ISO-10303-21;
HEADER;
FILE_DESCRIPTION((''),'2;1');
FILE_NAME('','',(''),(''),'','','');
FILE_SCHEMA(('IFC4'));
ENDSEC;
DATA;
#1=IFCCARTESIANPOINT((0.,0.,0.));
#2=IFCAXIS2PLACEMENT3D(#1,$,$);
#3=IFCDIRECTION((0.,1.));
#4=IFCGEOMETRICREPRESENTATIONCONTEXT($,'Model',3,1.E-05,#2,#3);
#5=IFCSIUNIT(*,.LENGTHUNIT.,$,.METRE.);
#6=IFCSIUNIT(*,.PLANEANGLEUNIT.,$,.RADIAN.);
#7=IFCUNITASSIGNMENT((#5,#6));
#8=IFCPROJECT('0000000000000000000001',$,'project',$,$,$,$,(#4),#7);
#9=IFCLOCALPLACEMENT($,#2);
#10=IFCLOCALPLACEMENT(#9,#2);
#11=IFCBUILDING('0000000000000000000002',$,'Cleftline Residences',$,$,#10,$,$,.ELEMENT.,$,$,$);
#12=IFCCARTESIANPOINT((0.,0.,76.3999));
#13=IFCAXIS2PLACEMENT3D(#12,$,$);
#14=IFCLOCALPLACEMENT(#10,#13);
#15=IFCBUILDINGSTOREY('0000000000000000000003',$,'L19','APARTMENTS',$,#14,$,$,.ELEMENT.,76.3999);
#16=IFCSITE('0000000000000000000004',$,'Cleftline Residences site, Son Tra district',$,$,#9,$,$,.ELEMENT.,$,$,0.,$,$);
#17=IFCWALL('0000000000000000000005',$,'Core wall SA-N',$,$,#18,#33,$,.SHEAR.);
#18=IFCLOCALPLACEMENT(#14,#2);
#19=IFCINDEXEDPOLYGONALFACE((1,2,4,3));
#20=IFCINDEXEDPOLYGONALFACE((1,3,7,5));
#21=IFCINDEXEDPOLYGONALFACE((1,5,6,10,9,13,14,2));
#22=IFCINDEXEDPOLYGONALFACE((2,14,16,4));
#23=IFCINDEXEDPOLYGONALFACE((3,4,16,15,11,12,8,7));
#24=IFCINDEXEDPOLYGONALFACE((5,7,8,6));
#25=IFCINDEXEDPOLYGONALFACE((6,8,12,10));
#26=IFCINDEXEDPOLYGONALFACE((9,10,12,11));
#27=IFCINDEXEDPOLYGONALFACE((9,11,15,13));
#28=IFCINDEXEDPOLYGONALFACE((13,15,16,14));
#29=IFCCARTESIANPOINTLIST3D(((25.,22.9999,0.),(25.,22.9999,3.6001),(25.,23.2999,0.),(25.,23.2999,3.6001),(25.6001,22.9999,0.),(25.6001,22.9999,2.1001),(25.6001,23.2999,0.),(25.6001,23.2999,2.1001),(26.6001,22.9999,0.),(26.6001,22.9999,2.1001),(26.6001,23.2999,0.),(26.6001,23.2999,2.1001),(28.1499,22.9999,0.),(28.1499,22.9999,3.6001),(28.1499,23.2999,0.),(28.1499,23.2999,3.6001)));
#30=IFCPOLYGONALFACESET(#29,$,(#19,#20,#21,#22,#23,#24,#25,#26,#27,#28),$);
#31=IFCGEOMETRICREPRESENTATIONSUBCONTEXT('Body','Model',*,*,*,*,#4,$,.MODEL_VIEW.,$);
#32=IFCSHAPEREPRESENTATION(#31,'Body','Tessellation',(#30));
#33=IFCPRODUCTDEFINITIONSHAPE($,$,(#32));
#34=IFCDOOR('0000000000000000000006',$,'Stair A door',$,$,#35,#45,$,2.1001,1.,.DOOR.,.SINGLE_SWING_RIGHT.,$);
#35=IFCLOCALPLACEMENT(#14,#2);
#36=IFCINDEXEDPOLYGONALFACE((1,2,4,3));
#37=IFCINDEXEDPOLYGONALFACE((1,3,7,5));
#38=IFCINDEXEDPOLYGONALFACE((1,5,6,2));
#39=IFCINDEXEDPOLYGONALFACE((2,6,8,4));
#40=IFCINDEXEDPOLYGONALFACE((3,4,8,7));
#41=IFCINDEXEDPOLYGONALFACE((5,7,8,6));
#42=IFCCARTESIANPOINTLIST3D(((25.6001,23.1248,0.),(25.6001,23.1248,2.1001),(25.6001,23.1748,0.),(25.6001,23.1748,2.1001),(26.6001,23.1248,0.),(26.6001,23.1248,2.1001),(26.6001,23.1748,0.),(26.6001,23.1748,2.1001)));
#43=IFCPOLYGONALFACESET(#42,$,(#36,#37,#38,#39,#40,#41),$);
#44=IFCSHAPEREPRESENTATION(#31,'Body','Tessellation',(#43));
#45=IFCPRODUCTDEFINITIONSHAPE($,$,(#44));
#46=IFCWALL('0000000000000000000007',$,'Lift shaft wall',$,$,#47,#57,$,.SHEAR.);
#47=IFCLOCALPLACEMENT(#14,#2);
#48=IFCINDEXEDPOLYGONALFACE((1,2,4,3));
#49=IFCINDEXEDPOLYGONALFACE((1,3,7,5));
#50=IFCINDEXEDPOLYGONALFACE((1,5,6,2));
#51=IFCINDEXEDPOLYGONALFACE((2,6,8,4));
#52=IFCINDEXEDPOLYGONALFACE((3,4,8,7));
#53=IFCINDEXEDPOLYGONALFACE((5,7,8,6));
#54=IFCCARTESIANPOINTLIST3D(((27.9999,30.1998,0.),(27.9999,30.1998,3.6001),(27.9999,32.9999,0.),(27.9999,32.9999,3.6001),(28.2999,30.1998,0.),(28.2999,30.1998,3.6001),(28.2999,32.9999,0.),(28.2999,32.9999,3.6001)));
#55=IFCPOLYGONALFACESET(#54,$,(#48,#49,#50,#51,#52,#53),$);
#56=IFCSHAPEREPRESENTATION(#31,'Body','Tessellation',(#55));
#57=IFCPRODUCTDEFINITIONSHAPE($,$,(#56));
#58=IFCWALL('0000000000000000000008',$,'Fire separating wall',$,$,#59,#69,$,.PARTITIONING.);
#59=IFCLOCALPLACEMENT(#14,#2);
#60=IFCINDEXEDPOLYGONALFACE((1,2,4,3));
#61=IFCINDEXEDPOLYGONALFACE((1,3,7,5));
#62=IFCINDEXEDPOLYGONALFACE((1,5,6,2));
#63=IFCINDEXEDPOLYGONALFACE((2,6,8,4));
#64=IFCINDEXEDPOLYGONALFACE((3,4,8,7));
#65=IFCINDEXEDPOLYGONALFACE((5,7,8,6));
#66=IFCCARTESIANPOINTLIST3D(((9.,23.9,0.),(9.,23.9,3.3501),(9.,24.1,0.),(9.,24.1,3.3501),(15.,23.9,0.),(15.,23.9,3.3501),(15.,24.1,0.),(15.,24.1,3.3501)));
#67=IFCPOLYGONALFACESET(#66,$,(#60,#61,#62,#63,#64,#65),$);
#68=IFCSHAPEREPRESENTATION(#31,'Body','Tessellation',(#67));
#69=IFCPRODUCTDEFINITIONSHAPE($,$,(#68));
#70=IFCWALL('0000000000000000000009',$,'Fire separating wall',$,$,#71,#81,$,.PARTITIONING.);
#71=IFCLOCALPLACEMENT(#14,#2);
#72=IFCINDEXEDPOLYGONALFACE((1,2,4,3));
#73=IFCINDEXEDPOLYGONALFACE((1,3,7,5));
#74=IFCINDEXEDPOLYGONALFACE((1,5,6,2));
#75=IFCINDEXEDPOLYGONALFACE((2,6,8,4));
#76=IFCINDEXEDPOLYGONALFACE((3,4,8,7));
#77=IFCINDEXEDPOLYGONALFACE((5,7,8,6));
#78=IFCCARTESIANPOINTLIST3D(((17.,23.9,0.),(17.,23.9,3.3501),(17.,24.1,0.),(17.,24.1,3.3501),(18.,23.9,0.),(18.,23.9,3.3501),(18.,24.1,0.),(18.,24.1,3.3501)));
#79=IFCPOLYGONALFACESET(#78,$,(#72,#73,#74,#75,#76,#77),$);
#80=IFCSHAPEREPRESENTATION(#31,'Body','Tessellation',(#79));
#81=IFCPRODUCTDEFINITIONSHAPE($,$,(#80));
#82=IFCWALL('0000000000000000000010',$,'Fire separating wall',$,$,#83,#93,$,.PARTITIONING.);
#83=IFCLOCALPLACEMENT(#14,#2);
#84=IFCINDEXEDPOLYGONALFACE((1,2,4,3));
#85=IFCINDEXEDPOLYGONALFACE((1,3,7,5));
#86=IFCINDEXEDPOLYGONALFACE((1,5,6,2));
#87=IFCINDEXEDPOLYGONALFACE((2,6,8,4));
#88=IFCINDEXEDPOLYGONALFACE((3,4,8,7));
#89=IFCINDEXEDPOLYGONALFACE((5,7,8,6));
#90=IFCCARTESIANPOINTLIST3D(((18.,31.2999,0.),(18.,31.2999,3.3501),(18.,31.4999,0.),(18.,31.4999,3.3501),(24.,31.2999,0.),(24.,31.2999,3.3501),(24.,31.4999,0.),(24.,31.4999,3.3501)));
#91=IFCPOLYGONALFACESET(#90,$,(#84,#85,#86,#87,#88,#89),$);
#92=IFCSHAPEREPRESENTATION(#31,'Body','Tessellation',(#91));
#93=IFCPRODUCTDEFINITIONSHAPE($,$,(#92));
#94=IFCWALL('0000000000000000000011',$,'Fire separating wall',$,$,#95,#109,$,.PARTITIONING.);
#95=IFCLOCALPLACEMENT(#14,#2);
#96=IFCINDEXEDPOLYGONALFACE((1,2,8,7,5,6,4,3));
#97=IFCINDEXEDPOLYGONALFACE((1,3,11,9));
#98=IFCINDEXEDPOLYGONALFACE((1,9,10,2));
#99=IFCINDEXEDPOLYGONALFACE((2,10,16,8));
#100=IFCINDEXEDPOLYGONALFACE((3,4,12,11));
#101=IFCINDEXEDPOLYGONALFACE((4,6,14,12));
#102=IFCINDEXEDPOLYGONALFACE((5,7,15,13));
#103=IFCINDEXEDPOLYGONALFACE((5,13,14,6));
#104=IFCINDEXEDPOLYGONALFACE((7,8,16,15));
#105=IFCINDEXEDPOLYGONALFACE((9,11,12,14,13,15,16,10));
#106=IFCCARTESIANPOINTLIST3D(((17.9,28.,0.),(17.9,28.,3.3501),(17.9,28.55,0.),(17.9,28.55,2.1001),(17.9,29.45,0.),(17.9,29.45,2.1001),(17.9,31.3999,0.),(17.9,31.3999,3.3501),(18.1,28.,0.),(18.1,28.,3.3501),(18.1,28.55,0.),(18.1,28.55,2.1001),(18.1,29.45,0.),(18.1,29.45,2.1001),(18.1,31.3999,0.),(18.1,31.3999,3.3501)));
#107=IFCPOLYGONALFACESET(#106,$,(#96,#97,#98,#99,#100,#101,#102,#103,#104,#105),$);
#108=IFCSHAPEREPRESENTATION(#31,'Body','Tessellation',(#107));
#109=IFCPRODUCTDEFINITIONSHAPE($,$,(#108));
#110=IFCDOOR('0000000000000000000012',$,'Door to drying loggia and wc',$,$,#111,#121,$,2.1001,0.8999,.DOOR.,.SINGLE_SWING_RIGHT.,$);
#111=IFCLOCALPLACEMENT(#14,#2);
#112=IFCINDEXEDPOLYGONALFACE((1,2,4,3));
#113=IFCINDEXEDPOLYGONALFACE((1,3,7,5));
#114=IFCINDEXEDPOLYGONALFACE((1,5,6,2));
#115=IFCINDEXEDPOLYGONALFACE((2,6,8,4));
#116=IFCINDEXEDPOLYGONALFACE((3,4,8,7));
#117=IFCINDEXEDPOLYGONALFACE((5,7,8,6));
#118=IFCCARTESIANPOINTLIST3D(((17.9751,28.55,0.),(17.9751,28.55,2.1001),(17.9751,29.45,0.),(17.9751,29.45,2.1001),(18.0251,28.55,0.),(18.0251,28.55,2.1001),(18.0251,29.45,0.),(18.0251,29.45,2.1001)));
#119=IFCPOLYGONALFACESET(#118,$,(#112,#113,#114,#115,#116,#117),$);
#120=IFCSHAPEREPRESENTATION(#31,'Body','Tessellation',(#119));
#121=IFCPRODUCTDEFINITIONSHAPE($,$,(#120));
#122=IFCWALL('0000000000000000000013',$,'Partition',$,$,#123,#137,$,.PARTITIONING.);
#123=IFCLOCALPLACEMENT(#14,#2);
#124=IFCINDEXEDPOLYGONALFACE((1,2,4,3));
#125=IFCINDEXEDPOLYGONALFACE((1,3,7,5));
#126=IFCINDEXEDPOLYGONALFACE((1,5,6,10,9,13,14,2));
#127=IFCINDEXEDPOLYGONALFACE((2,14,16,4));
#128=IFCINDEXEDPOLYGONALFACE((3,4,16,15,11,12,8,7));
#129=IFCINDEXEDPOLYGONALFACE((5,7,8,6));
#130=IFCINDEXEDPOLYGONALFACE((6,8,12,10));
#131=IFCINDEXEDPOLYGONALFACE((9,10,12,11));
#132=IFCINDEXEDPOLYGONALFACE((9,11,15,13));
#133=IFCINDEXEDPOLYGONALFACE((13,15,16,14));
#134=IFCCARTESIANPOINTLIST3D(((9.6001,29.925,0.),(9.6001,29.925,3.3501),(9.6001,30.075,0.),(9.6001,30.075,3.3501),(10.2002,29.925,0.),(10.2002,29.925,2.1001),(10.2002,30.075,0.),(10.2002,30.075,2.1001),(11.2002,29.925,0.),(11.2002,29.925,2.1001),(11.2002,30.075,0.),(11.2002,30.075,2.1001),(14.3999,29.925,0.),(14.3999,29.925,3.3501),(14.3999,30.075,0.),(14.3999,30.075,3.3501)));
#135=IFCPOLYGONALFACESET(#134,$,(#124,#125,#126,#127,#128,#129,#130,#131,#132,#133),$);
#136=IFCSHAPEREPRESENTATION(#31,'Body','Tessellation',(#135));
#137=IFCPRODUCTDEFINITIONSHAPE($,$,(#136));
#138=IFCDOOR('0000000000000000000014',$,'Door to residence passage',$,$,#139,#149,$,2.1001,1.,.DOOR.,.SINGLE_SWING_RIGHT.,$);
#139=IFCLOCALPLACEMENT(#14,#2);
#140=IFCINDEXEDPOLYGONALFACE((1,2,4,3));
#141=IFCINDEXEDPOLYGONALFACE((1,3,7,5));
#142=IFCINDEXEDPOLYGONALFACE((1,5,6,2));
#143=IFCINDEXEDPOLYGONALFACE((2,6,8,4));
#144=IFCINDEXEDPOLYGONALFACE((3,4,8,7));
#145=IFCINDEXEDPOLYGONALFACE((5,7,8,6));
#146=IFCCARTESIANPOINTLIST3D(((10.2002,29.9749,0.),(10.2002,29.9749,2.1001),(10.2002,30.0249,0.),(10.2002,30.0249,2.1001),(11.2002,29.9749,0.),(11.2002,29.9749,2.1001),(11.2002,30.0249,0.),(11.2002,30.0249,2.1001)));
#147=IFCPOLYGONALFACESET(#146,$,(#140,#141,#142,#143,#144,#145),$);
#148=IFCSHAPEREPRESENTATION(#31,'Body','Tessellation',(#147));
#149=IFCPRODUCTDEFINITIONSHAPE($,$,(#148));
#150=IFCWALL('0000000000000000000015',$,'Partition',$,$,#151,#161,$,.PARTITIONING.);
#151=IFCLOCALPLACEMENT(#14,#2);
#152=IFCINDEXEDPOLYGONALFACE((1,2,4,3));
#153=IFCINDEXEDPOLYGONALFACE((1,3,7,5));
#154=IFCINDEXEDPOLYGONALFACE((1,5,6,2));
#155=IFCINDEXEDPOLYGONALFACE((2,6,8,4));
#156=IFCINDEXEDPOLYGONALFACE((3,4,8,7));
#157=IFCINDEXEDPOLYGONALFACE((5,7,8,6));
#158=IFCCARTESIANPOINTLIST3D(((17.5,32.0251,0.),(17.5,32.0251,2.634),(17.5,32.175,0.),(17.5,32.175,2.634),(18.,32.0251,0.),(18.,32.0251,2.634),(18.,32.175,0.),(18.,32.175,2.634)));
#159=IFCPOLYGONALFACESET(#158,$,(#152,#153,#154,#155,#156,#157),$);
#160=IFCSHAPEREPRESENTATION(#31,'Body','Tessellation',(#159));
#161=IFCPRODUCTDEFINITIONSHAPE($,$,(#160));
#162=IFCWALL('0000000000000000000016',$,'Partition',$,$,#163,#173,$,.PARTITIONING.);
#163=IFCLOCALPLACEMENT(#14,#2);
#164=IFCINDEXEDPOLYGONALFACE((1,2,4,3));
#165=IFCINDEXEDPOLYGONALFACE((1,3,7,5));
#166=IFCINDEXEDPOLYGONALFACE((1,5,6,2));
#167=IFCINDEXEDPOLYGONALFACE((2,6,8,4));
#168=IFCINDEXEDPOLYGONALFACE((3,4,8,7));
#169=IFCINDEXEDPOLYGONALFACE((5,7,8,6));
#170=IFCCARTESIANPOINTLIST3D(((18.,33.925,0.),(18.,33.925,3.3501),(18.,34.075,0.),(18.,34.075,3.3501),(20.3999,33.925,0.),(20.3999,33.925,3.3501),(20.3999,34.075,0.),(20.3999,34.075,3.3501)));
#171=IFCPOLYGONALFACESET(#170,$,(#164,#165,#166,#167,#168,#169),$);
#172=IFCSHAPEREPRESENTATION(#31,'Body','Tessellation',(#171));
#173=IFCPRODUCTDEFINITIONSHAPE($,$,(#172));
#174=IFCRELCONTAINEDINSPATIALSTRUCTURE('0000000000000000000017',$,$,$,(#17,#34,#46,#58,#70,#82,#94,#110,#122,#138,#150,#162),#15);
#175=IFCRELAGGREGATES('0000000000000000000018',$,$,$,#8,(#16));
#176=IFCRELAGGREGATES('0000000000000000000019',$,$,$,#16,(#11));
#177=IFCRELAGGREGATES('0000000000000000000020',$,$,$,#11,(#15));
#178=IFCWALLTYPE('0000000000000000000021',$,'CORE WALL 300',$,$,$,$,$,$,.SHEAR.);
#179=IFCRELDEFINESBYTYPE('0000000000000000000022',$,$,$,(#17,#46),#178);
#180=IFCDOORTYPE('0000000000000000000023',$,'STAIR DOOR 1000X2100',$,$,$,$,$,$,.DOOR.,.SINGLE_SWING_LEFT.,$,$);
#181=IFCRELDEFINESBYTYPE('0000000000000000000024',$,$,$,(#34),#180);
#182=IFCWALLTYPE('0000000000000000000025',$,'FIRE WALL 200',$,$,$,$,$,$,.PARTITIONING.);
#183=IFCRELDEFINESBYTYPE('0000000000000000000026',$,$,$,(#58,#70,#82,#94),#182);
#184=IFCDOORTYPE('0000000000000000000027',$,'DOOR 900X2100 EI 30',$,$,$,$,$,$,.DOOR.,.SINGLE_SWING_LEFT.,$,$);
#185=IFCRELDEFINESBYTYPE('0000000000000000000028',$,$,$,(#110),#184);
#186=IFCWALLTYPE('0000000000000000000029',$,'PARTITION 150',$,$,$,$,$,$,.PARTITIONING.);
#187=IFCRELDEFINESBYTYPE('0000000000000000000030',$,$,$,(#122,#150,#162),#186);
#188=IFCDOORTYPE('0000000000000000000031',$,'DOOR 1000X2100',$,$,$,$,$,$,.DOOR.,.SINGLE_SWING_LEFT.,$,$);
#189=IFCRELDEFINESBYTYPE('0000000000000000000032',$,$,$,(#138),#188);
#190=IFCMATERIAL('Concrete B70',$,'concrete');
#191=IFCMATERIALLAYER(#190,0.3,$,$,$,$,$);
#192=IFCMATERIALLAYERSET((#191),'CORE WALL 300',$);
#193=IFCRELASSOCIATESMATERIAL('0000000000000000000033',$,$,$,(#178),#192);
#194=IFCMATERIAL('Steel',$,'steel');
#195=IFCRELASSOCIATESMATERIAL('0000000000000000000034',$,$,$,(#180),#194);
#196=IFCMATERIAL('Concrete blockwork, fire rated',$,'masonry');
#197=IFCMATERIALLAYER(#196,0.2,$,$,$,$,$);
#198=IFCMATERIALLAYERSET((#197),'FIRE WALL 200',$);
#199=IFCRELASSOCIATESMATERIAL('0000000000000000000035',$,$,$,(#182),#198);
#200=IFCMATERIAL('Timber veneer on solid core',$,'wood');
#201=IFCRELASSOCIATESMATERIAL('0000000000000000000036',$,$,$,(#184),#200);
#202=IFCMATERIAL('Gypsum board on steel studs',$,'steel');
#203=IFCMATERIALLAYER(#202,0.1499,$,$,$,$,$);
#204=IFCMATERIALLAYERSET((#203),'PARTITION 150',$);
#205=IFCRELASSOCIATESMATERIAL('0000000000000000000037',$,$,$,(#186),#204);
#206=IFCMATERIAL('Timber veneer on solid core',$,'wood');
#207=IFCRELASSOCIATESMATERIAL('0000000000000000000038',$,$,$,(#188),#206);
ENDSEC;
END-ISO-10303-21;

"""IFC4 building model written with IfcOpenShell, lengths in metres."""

from ifc_helpers import new_model, si_unit, direction, frame, frame_2d, origin, place, context, subcontext, project, spatial, rectangle, extrude, material, layer, layer_set, type_object, element, fill, save


model = new_model("IFC4")

# Units and contexts
model_context = context("Model", 3, precision=1e-05, world=origin(), true_north=direction((0.0, 1.0)))
body_context = subcontext(model_context, "Body", "Model", "MODEL_VIEW")
ifc_project = project(units=[si_unit("LENGTHUNIT", "METRE"), si_unit("PLANEANGLEUNIT", "RADIAN")], contexts=[model_context])

# Site, building, storey
site_placement = place(None, origin())
site = spatial("IfcSite", under=ifc_project, at=site_placement, Name="Cleftline Residences site, Son Tra district", CompositionType="ELEMENT", RefElevation=0.0)
building_placement = place(site_placement, origin())
building = spatial("IfcBuilding", under=site, at=building_placement, Name="Cleftline Residences", CompositionType="ELEMENT")
storey_placement = place(building_placement, frame((0.0, 0.0, 76.3999)))
storey = spatial("IfcBuildingStorey", under=building, at=storey_placement, Name="L19", Description="APARTMENTS", CompositionType="ELEMENT", Elevation=76.3999)

# Wall, opening, door
ifc_material_1 = material(Name="Concrete B70", Category="concrete")
ifc_layer_1 = layer(ifc_material_1, 0.3)
ifc_layer_set_1 = layer_set([ifc_layer_1], Name="CORE WALL 300")
wall_type_1 = type_object("IfcWallType", Name="CORE WALL 300", PredefinedType="SHEAR", material=ifc_layer_set_1)
wall_1_placement = place(storey_placement, frame((25.0, 23.1499, 0.0), z_axis=(0.0, 0.0, 1.0), x_axis=(1.0, 0.0, 0.0)))
wall_1 = element("IfcWall", 1, at=wall_1_placement, inside=storey, type_object=wall_type_1, Name="Core wall SA-N", PredefinedType="SHEAR", context=body_context, shape_type="SweptSolid", body=[
    extrude(rectangle(XDim=3.1499, YDim=0.3, at=frame_2d((1.575, 0.0))), origin(), (0.0, 0.0, 1.0), 3.6001),
])
opening_1_placement = place(wall_1_placement, frame((0.6001, 0.0, 0.0)))
opening_1 = element("IfcOpeningElement", 2, at=opening_1_placement, cuts=wall_1, PredefinedType="OPENING", context=body_context, shape_type="SweptSolid", body=[
    extrude(rectangle(XDim=1.0, YDim=2.1001, at=frame_2d((0.5, 1.05))), frame((0.0, 0.1599, 0.0), z_axis=(0.0, -1.0, 0.0), x_axis=(1.0, 0.0, 0.0)), (0.0, 0.0, 1.0), 0.3201),
])
ifc_material_2 = material(Name="Steel", Category="steel")
door_type_1 = type_object("IfcDoorType", Name="STAIR DOOR 1000X2100", OperationType="SINGLE_SWING_LEFT", PredefinedType="DOOR", material=ifc_material_2)
door_1_placement = place(opening_1_placement, origin())
door_1 = element("IfcDoor", 3, at=door_1_placement, inside=storey, type_object=door_type_1, Name="Stair A door", OperationType="SINGLE_SWING_RIGHT", OverallHeight=2.1001, OverallWidth=1.0, PredefinedType="DOOR", context=body_context, shape_type="SweptSolid", body=[
    extrude(rectangle(XDim=1.0, YDim=2.1001, at=frame_2d((0.5, 1.05))), frame((0.0, 0.0249, 0.0), z_axis=(0.0, -1.0, 0.0), x_axis=(1.0, 0.0, 0.0)), (0.0, 0.0, 1.0), 0.05),
])
fill(opening_1, door_1)

# Walls
wall_2_placement = place(storey_placement, frame((28.1499, 30.2, 0.0), z_axis=(0.0, 0.0, 1.0), x_axis=(0.0, 1.0, 0.0)))
element("IfcWall", 4, at=wall_2_placement, inside=storey, type_object=wall_type_1, Name="Lift shaft wall", PredefinedType="SHEAR", context=body_context, shape_type="SweptSolid", body=[
    extrude(rectangle(XDim=2.8, YDim=0.3, at=frame_2d((1.3999, 0.0))), origin(), (0.0, 0.0, 1.0), 3.6001),
])
ifc_material_3 = material(Name="Concrete blockwork, fire rated", Category="masonry")
ifc_layer_2 = layer(ifc_material_3, 0.2)
ifc_layer_set_2 = layer_set([ifc_layer_2], Name="FIRE WALL 200")
wall_type_2 = type_object("IfcWallType", Name="FIRE WALL 200", PredefinedType="PARTITIONING", material=ifc_layer_set_2)
wall_3_placement = place(storey_placement, frame((9.0, 24.0, 0.0), z_axis=(0.0, 0.0, 1.0), x_axis=(1.0, 0.0, 0.0)))
element("IfcWall", 5, at=wall_3_placement, inside=storey, type_object=wall_type_2, Name="Fire separating wall", PredefinedType="PARTITIONING", context=body_context, shape_type="SweptSolid", body=[
    extrude(rectangle(XDim=6.0, YDim=0.2, at=frame_2d((3.0, 0.0))), origin(), (0.0, 0.0, 1.0), 3.3501),
])
wall_4_placement = place(storey_placement, frame((17.0, 24.0, 0.0), z_axis=(0.0, 0.0, 1.0), x_axis=(1.0, 0.0, 0.0)))
element("IfcWall", 6, at=wall_4_placement, inside=storey, type_object=wall_type_2, Name="Fire separating wall", PredefinedType="PARTITIONING", context=body_context, shape_type="SweptSolid", body=[
    extrude(rectangle(XDim=1.0, YDim=0.2, at=frame_2d((0.5, 0.0))), origin(), (0.0, 0.0, 1.0), 3.3501),
])
wall_5_placement = place(storey_placement, frame((18.0, 31.3999, 0.0), z_axis=(0.0, 0.0, 1.0), x_axis=(1.0, 0.0, 0.0)))
element("IfcWall", 7, at=wall_5_placement, inside=storey, type_object=wall_type_2, Name="Fire separating wall", PredefinedType="PARTITIONING", context=body_context, shape_type="SweptSolid", body=[
    extrude(rectangle(XDim=6.0, YDim=0.2, at=frame_2d((3.0, 0.0))), origin(), (0.0, 0.0, 1.0), 3.3501),
])

# Walls, openings, doors
wall_6_placement = place(storey_placement, frame((18.0, 28.0, 0.0), z_axis=(0.0, 0.0, 1.0), x_axis=(0.0, 1.0, 0.0)))
wall_6 = element("IfcWall", 8, at=wall_6_placement, inside=storey, type_object=wall_type_2, Name="Fire separating wall", PredefinedType="PARTITIONING", context=body_context, shape_type="SweptSolid", body=[
    extrude(rectangle(XDim=3.3999, YDim=0.2, at=frame_2d((1.7, 0.0))), origin(), (0.0, 0.0, 1.0), 3.3501),
])
opening_2_placement = place(wall_6_placement, frame((0.55, 0.0, 0.0)))
opening_2 = element("IfcOpeningElement", 9, at=opening_2_placement, cuts=wall_6, PredefinedType="OPENING", context=body_context, shape_type="SweptSolid", body=[
    extrude(rectangle(XDim=0.8999, YDim=2.1001, at=frame_2d((0.45, 1.05))), frame((0.0, 0.1099, 0.0), z_axis=(0.0, -1.0, 0.0), x_axis=(1.0, 0.0, 0.0)), (0.0, 0.0, 1.0), 0.22),
])
ifc_material_4 = material(Name="Timber veneer on solid core", Category="wood")
door_type_2 = type_object("IfcDoorType", Name="DOOR 900X2100 EI 30", OperationType="SINGLE_SWING_LEFT", PredefinedType="DOOR", material=ifc_material_4)
door_2_placement = place(opening_2_placement, origin())
door_2 = element("IfcDoor", 10, at=door_2_placement, inside=storey, type_object=door_type_2, Name="Door to drying loggia and wc", OperationType="SINGLE_SWING_RIGHT", OverallHeight=2.1001, OverallWidth=0.8999, PredefinedType="DOOR", context=body_context, shape_type="SweptSolid", body=[
    extrude(rectangle(XDim=0.8999, YDim=2.1001, at=frame_2d((0.45, 1.05))), frame((0.0, 0.0249, 0.0), z_axis=(0.0, -1.0, 0.0), x_axis=(1.0, 0.0, 0.0)), (0.0, 0.0, 1.0), 0.05),
])
fill(opening_2, door_2)
ifc_material_5 = material(Name="Gypsum board on steel studs", Category="steel")
ifc_layer_3 = layer(ifc_material_5, 0.1499)
ifc_layer_set_3 = layer_set([ifc_layer_3], Name="PARTITION 150")
wall_type_3 = type_object("IfcWallType", Name="PARTITION 150", PredefinedType="PARTITIONING", material=ifc_layer_set_3)
wall_7_placement = place(storey_placement, frame((9.6001, 30.0, 0.0), z_axis=(0.0, 0.0, 1.0), x_axis=(1.0, 0.0, 0.0)))
wall_7 = element("IfcWall", 11, at=wall_7_placement, inside=storey, type_object=wall_type_3, Name="Partition", PredefinedType="PARTITIONING", context=body_context, shape_type="SweptSolid", body=[
    extrude(rectangle(XDim=4.7998, YDim=0.1499, at=frame_2d((2.3999, 0.0))), origin(), (0.0, 0.0, 1.0), 3.3501),
])
opening_3_placement = place(wall_7_placement, frame((0.6001, 0.0, 0.0)))
opening_3 = element("IfcOpeningElement", 12, at=opening_3_placement, cuts=wall_7, PredefinedType="OPENING", context=body_context, shape_type="SweptSolid", body=[
    extrude(rectangle(XDim=1.0, YDim=2.1001, at=frame_2d((0.5, 1.05))), frame((0.0, 0.085, 0.0), z_axis=(0.0, -1.0, 0.0), x_axis=(1.0, 0.0, 0.0)), (0.0, 0.0, 1.0), 0.1699),
])
ifc_material_6 = material(Name="Timber veneer on solid core", Category="wood")
door_type_3 = type_object("IfcDoorType", Name="DOOR 1000X2100", OperationType="SINGLE_SWING_LEFT", PredefinedType="DOOR", material=ifc_material_6)
door_3_placement = place(opening_3_placement, origin())
door_3 = element("IfcDoor", 13, at=door_3_placement, inside=storey, type_object=door_type_3, Name="Door to residence passage", OperationType="SINGLE_SWING_RIGHT", OverallHeight=2.1001, OverallWidth=1.0, PredefinedType="DOOR", context=body_context, shape_type="SweptSolid", body=[
    extrude(rectangle(XDim=1.0, YDim=2.1001, at=frame_2d((0.5, 1.05))), frame((0.0, 0.0249, 0.0), z_axis=(0.0, -1.0, 0.0), x_axis=(1.0, 0.0, 0.0)), (0.0, 0.0, 1.0), 0.05),
])
fill(opening_3, door_3)

# Walls
wall_8_placement = place(storey_placement, frame((17.5, 32.1001, 0.0), z_axis=(0.0, 0.0, 1.0), x_axis=(1.0, 0.0, 0.0)))
element("IfcWall", 14, at=wall_8_placement, inside=storey, type_object=wall_type_3, Name="Partition", PredefinedType="PARTITIONING", context=body_context, shape_type="SweptSolid", body=[
    extrude(rectangle(XDim=0.5, YDim=0.1499, at=frame_2d((0.25, 0.0))), origin(), (0.0, 0.0, 1.0), 2.634),
])
wall_9_placement = place(storey_placement, frame((18.0, 34.0, 0.0), z_axis=(0.0, 0.0, 1.0), x_axis=(1.0, 0.0, 0.0)))
element("IfcWall", 15, at=wall_9_placement, inside=storey, type_object=wall_type_3, Name="Partition", PredefinedType="PARTITIONING", context=body_context, shape_type="SweptSolid", body=[
    extrude(rectangle(XDim=2.3999, YDim=0.1499, at=frame_2d((1.2, 0.0))), origin(), (0.0, 0.0, 1.0), 3.3501),
])

save(model, "model.ifc")
